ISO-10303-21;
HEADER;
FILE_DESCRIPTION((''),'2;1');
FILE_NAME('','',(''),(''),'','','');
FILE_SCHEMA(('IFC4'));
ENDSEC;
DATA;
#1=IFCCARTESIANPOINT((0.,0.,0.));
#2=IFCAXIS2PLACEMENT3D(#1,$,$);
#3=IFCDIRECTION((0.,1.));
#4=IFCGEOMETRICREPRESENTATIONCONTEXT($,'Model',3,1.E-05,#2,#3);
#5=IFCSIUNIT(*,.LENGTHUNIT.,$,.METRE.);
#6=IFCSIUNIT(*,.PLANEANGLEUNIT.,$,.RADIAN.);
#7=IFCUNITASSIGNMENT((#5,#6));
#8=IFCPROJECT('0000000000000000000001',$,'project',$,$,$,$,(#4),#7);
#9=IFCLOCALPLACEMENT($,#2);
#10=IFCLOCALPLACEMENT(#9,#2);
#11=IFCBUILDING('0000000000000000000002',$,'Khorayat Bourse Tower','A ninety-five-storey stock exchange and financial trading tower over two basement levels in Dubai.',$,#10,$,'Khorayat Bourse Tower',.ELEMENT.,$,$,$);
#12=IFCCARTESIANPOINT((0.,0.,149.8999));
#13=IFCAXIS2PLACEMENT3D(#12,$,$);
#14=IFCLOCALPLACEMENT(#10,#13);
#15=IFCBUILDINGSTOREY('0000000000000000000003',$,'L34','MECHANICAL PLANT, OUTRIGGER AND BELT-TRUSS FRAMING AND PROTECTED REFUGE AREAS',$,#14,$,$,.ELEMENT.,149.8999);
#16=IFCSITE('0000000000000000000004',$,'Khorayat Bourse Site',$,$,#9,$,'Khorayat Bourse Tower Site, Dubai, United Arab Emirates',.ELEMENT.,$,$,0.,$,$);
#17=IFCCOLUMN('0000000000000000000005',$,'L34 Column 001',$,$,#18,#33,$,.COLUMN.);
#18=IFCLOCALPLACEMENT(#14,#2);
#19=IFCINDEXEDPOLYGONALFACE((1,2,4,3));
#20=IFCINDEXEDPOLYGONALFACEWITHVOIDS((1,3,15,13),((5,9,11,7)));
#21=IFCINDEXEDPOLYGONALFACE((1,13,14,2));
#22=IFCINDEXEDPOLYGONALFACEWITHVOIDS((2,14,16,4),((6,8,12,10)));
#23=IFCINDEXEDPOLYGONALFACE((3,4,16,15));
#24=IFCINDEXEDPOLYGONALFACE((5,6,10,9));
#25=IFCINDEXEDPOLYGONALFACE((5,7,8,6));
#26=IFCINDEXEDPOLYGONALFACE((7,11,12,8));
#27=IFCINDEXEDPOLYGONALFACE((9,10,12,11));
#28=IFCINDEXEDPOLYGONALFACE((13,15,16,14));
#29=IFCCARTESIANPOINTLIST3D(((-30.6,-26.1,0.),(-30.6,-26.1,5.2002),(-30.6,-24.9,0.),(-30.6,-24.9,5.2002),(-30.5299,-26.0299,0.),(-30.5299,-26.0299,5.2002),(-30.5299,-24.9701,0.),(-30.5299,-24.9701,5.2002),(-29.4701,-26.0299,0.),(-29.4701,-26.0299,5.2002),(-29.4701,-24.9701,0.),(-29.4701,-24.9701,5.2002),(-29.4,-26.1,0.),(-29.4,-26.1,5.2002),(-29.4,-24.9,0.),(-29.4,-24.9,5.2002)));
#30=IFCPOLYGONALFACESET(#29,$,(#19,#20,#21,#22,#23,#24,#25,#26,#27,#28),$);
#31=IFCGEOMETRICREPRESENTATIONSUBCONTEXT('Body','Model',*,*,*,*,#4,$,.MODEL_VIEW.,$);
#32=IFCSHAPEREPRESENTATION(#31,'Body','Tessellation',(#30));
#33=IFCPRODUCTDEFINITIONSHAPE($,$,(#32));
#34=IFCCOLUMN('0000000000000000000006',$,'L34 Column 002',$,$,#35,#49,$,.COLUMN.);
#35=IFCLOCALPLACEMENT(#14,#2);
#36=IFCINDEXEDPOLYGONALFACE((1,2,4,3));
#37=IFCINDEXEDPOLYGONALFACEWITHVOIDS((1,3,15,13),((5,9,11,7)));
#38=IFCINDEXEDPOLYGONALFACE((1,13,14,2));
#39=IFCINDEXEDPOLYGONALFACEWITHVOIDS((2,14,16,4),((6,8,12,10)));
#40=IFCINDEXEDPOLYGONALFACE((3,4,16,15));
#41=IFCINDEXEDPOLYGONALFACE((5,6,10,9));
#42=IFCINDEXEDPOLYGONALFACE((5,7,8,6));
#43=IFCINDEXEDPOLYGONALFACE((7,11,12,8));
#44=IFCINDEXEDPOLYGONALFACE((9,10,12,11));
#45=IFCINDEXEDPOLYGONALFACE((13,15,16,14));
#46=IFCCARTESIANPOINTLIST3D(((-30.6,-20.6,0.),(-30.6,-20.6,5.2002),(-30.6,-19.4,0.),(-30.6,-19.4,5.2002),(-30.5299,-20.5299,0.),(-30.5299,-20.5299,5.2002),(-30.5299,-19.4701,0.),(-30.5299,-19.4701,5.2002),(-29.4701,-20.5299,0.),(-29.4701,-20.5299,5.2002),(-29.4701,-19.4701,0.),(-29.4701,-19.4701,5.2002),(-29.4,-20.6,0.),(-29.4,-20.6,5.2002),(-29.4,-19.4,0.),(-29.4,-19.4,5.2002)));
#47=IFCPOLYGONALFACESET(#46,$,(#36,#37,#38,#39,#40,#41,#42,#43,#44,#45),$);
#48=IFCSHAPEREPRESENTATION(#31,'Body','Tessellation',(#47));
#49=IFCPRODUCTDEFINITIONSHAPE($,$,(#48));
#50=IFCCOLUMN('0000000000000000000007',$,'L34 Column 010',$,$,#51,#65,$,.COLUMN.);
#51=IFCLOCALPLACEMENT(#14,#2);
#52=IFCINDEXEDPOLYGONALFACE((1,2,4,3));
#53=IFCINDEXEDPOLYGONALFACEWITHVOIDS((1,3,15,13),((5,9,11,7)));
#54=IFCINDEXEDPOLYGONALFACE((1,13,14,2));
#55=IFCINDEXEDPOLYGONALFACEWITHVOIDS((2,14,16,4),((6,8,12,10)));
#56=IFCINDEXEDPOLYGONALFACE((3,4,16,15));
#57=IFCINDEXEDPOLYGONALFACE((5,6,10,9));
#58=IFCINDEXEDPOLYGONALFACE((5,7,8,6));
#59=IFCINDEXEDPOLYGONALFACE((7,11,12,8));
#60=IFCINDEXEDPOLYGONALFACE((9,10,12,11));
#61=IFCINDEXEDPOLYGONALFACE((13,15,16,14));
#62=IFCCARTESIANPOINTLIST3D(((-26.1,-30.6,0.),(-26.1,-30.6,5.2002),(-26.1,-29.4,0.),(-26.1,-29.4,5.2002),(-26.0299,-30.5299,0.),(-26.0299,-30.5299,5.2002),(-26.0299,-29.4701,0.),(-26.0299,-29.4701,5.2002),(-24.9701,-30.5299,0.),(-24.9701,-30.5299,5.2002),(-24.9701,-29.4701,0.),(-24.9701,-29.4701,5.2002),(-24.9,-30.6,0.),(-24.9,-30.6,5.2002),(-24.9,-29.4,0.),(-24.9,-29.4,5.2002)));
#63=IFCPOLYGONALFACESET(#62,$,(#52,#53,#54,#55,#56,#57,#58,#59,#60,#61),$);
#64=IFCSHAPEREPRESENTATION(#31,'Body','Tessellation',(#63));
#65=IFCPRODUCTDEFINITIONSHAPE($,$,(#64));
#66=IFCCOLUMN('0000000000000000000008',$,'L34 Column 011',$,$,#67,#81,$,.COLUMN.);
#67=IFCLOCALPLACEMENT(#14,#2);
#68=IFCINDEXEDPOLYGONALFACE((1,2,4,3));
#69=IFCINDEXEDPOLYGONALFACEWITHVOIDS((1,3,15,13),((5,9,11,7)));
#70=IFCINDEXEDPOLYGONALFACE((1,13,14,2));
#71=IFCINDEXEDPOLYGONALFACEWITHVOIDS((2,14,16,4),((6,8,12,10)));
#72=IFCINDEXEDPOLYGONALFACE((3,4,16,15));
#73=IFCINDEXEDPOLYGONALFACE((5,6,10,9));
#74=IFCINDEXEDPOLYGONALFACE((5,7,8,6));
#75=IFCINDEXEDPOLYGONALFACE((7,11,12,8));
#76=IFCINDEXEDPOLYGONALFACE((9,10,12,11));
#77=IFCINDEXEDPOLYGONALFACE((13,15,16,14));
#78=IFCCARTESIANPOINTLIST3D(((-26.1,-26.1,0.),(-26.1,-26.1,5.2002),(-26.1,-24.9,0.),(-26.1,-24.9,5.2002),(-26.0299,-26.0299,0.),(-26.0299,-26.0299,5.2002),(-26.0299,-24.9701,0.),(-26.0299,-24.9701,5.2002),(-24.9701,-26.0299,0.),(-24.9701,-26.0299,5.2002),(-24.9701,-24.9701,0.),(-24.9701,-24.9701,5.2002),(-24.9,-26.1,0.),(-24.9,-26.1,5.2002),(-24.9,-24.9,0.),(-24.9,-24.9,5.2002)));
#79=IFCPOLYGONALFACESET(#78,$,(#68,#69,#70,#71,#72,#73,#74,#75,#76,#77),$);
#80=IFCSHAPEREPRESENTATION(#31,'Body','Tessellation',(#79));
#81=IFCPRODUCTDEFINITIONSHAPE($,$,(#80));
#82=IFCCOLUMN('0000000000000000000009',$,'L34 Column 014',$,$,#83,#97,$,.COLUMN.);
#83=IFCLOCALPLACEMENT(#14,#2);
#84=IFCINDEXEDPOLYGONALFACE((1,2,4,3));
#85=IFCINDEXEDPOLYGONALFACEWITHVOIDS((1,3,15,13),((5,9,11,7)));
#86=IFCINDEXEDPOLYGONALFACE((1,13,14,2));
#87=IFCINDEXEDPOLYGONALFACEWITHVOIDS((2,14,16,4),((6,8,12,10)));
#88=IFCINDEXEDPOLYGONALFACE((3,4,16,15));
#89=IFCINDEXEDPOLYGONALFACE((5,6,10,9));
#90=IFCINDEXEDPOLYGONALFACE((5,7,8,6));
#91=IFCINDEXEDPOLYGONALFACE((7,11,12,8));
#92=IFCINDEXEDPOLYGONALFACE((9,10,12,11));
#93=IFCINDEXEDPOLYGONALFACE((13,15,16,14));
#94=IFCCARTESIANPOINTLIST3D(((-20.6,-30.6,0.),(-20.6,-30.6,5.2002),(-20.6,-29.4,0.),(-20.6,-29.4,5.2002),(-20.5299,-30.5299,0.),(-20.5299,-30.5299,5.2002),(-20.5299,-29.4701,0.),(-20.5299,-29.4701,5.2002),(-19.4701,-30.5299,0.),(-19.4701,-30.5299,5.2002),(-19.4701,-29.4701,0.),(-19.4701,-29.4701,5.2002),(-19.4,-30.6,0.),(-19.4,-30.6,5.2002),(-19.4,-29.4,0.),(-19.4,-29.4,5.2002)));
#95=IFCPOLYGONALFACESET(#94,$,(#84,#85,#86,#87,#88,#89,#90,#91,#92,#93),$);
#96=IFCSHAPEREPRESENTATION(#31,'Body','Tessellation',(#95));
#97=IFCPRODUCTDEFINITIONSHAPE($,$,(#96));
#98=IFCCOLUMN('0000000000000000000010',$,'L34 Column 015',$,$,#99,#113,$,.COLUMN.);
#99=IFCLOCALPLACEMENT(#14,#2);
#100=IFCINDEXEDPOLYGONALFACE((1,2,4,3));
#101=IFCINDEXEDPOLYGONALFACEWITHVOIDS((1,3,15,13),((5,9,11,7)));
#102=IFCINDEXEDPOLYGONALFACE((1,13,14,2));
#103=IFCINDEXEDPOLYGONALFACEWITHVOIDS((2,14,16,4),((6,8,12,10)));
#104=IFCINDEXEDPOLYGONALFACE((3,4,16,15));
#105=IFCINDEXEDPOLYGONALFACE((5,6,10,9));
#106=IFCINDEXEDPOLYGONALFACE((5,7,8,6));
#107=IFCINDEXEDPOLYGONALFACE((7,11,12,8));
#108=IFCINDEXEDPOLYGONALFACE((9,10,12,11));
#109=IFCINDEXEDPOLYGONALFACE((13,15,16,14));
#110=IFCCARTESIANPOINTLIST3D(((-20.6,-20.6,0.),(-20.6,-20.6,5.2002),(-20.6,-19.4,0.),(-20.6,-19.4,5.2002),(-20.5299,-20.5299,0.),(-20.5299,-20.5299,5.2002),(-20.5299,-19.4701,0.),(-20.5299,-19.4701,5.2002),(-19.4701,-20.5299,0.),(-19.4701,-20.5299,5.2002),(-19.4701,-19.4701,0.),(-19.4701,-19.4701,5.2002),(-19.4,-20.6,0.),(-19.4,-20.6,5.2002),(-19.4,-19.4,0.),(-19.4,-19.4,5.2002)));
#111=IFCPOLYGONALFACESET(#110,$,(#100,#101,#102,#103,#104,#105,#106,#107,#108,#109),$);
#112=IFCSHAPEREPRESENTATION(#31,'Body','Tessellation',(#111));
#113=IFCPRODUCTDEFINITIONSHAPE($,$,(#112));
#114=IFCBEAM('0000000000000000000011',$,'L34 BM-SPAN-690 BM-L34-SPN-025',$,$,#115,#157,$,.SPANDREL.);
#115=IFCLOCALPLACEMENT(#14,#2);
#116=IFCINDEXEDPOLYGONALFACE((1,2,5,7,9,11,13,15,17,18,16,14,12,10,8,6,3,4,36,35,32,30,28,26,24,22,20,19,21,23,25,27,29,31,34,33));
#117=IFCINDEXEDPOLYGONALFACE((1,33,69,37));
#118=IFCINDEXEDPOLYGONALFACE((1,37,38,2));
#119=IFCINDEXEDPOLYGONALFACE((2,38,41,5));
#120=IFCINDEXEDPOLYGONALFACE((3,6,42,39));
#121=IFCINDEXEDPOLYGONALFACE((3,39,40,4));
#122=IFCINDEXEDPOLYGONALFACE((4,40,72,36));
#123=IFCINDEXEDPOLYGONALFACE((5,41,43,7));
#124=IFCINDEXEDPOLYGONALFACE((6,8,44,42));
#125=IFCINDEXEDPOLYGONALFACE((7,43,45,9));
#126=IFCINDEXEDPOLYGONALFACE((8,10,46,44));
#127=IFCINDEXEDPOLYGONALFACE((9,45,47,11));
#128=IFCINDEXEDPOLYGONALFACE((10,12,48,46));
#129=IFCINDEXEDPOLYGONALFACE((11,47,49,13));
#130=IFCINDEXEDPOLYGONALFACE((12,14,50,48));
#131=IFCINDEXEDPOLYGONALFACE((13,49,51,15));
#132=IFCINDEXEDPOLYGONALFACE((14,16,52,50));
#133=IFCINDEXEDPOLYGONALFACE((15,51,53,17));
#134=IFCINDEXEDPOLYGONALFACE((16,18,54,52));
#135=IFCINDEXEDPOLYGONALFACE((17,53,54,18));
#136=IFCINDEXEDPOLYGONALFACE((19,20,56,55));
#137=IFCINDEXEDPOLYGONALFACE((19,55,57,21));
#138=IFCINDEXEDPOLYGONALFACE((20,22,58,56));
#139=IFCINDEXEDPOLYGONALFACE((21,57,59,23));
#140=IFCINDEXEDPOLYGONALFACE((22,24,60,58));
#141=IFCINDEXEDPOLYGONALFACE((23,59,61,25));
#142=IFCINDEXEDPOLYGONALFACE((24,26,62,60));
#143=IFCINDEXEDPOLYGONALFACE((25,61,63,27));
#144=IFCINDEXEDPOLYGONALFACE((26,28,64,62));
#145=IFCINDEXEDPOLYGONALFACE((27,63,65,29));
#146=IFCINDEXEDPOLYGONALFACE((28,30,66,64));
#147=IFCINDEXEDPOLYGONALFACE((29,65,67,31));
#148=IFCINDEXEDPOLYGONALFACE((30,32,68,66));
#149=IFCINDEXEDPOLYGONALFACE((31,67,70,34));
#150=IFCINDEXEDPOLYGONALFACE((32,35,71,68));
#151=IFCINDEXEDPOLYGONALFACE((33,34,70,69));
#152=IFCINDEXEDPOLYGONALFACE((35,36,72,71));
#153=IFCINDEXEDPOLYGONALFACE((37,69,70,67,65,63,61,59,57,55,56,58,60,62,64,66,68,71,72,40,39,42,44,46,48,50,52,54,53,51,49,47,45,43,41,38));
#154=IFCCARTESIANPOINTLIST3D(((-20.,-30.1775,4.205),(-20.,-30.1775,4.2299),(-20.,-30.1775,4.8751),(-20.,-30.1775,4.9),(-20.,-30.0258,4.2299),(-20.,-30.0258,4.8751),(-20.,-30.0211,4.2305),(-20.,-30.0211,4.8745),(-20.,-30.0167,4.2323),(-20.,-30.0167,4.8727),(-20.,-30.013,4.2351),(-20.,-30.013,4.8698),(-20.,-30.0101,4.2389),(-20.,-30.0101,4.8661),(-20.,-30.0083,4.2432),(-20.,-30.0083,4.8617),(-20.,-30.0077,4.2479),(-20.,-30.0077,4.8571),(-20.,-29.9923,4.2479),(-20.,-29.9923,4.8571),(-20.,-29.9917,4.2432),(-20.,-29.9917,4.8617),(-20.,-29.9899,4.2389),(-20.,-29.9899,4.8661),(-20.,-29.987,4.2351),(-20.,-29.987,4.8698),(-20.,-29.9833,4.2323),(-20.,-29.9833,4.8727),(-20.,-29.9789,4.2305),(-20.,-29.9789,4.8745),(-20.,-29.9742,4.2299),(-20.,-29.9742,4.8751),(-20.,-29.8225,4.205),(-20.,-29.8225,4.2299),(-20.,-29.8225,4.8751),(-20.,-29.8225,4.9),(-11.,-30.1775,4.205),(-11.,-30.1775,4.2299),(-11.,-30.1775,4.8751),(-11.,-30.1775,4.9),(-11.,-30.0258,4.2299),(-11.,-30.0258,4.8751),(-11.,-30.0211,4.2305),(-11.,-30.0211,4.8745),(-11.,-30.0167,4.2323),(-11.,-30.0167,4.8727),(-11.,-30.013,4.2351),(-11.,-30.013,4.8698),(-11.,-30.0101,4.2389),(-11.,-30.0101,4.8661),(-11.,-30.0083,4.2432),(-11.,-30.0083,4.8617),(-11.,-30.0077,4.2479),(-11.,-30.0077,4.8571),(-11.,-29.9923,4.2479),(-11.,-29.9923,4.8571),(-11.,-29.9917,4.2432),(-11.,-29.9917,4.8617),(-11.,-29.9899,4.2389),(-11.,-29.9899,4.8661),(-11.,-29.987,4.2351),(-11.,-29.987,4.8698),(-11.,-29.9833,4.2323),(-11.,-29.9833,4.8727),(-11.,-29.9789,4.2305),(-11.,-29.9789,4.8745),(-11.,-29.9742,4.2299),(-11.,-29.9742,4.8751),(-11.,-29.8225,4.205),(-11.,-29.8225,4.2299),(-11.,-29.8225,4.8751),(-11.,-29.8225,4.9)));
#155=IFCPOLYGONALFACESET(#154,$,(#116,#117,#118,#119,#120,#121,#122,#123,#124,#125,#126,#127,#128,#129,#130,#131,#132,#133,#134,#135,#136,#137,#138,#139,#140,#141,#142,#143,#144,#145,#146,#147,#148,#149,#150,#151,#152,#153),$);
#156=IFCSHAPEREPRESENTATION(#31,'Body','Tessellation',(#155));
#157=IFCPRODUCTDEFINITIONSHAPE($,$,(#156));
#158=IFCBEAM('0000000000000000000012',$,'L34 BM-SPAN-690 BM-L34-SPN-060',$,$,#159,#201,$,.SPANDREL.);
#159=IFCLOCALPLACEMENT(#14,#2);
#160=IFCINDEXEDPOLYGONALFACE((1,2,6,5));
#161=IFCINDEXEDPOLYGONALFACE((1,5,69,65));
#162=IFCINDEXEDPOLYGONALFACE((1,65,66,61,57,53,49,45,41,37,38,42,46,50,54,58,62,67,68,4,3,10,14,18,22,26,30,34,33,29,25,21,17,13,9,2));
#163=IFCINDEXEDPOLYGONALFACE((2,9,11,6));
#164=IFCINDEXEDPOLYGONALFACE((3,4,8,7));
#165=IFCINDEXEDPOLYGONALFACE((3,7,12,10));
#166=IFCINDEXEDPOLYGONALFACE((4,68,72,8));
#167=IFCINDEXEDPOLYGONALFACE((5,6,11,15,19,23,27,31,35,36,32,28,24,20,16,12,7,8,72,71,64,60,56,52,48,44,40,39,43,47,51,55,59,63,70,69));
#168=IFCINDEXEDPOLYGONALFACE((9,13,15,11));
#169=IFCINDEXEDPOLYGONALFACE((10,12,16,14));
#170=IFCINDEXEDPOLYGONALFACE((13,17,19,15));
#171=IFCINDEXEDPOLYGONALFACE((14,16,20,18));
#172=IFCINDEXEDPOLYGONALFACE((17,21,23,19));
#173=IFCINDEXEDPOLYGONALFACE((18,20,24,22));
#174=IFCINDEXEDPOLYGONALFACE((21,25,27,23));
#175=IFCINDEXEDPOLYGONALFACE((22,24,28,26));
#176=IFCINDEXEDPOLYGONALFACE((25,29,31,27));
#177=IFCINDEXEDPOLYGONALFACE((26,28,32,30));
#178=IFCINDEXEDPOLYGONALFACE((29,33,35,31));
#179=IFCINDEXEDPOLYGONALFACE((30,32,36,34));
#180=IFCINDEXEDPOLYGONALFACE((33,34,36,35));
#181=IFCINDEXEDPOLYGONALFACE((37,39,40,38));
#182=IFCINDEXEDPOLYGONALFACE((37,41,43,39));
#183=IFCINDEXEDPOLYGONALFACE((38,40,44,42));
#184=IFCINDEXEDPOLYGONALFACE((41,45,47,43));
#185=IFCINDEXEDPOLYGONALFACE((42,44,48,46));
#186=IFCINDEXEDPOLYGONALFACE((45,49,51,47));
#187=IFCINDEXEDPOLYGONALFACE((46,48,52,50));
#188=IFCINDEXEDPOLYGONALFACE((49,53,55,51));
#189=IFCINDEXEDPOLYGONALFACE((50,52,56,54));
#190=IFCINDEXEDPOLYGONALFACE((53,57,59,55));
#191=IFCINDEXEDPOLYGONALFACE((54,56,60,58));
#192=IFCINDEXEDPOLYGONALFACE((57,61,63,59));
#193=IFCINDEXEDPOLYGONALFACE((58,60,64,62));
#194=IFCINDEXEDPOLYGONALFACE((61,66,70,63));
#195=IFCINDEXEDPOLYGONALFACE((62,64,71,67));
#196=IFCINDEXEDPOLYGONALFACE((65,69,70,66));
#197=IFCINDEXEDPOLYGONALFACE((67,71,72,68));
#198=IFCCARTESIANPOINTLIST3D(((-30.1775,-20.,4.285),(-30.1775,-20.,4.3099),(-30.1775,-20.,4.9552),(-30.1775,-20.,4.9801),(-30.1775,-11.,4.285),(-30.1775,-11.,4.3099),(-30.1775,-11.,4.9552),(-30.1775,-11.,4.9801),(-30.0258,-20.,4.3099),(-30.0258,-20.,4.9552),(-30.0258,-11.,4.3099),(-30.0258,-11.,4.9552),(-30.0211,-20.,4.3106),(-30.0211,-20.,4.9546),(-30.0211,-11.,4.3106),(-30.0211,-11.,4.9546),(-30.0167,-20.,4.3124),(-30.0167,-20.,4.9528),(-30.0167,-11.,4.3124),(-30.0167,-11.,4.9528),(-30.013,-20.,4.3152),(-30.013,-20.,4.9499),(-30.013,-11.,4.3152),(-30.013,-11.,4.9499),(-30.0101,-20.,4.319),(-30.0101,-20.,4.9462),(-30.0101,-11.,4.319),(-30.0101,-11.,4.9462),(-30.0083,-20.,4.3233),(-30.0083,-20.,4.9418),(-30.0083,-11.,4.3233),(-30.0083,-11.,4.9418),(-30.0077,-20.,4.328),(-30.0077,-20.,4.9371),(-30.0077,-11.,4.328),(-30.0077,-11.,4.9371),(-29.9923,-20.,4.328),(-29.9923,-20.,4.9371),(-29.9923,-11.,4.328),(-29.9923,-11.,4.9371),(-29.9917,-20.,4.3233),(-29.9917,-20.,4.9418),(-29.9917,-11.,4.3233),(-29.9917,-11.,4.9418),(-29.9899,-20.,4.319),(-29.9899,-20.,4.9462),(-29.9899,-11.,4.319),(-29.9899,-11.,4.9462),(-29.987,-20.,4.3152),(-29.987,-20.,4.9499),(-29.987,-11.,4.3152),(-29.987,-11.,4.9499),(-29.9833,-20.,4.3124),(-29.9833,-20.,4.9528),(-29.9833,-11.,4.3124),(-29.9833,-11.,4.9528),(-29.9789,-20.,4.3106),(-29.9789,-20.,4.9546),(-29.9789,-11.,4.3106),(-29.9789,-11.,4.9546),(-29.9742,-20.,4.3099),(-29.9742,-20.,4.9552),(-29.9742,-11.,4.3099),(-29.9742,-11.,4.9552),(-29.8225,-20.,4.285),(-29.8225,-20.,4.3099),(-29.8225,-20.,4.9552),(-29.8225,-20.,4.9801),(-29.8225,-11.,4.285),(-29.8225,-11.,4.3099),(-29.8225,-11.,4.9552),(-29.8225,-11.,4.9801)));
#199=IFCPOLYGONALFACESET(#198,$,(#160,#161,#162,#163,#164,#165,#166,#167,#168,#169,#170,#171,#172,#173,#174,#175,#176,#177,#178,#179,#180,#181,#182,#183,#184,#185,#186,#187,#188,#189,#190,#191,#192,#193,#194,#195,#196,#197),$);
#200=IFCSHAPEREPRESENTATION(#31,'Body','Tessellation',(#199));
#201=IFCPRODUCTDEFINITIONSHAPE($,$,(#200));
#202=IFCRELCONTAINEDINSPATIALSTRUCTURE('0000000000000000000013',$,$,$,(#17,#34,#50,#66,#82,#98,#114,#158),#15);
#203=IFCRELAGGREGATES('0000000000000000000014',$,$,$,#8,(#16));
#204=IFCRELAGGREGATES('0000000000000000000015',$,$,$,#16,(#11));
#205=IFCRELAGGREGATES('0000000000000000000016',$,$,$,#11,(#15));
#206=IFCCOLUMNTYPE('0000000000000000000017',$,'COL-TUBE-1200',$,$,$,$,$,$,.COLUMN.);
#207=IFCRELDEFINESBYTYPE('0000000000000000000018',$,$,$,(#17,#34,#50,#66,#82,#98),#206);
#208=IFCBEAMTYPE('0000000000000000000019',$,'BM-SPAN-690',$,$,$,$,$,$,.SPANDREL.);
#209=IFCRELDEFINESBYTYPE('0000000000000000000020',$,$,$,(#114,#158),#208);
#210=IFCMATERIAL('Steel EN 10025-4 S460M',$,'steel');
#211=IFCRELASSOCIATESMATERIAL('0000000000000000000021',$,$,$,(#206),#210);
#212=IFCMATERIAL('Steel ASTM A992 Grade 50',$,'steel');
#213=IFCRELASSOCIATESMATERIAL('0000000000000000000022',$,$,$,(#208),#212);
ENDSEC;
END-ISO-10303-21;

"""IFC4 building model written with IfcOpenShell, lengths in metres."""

from ifc_helpers import new_model, si_unit, direction, frame, origin, origin_2d, place, context, subcontext, project, spatial, hollow_rectangle, i_section, extrude, source, transform, mapped, material, material_profile, profile_set, type_object, element, save


model = new_model("IFC4")

# Units and contexts
model_context = context("Model", 3, precision=1e-05, world=origin(), true_north=direction((0.0, 1.0)))
body_context = subcontext(model_context, "Body", "Model", "MODEL_VIEW")
ifc_project = project(units=[si_unit("LENGTHUNIT", "METRE"), si_unit("PLANEANGLEUNIT", "RADIAN")], contexts=[model_context])

# Site, building, storey
site_placement = place(None, origin())
site = spatial("IfcSite", under=ifc_project, at=site_placement, Name="Khorayat Bourse Site", LongName="Khorayat Bourse Tower Site, Dubai, United Arab Emirates", CompositionType="ELEMENT", RefElevation=0.0)
building_placement = place(site_placement, origin())
building = spatial("IfcBuilding", under=site, at=building_placement, Name="Khorayat Bourse Tower", Description="A ninety-five-storey stock exchange and financial trading tower over two basement levels in Dubai.", LongName="Khorayat Bourse Tower", CompositionType="ELEMENT")
storey_placement = place(building_placement, frame((0.0, 0.0, 149.8999)))
storey = spatial("IfcBuildingStorey", under=building, at=storey_placement, Name="L34", Description="MECHANICAL PLANT, OUTRIGGER AND BELT-TRUSS FRAMING AND PROTECTED REFUGE AREAS", CompositionType="ELEMENT", Elevation=149.8999)

# Columns
ifc_material_1 = material(Name="Steel EN 10025-4 S460M", Category="steel")
ifc_material_profile_1 = material_profile(ifc_material_1, hollow_rectangle(XDim=1.2, YDim=1.2, WallThickness=0.0701, at=origin_2d()), Name="BOX 1200x1200x70")
ifc_profile_set_1 = profile_set([ifc_material_profile_1], Name="Steel EN 10025-4 S460M")
column_type = type_object("IfcColumnType", Name="COL-TUBE-1200", PredefinedType="COLUMN", material=ifc_profile_set_1)
shared_shape_1 = source(origin(), body_context, "Body", "SweptSolid", [
    extrude(hollow_rectangle(XDim=1.2, YDim=1.2, WallThickness=0.0701, at=origin_2d()), origin(), (0.0, 0.0, 1.0), 5.2002),
])
for number, where, z_axis, x_axis, name in (
    (1, (-30.0, -25.5, 0.0), (0.0, 0.0, 1.0), (1.0, 0.0, 0.0), "L34 Column 001"),
    (2, (-30.0, -20.0, 0.0), (0.0, 0.0, 1.0), (1.0, 0.0, 0.0), "L34 Column 002"),
    (3, (-25.5, -30.0, 0.0), (0.0, 0.0, 1.0), (1.0, 0.0, 0.0), "L34 Column 010"),
    (4, (-25.5, -25.5, 0.0), (0.0, 0.0, 1.0), (1.0, 0.0, 0.0), "L34 Column 011"),
    (5, (-20.0, -30.0, 0.0), (0.0, 0.0, 1.0), (1.0, 0.0, 0.0), "L34 Column 014"),
    (6, (-20.0, -20.0, 0.0), (0.0, 0.0, 1.0), (1.0, 0.0, 0.0), "L34 Column 015"),
):
    element("IfcColumn", number, at=place(storey_placement, frame(where, z_axis=z_axis, x_axis=x_axis)), inside=storey, type_object=column_type, Name=name, PredefinedType="COLUMN", context=body_context, shape_type="MappedRepresentation", body=[
        mapped(shared_shape_1, transform((0.0, 0.0, 0.0), scale=1.0)),
    ])

# Beams
ifc_material_2 = material(Name="Steel ASTM A992 Grade 50", Category="steel")
ifc_material_profile_2 = material_profile(ifc_material_2, i_section(OverallWidth=0.355, OverallDepth=0.6951, WebThickness=0.0154, FlangeThickness=0.0249, FilletRadius=0.0181, at=origin_2d()), Name="W690X217")
ifc_profile_set_2 = profile_set([ifc_material_profile_2], Name="Steel ASTM A992 Grade 50")
beam_type_1 = type_object("IfcBeamType", Name="BM-SPAN-690", PredefinedType="SPANDREL", material=ifc_profile_set_2)
shared_shape_2 = source(origin(), body_context, "Body", "SweptSolid", [
    extrude(i_section(OverallWidth=0.355, OverallDepth=0.6951, WebThickness=0.0154, FlangeThickness=0.0249, FilletRadius=0.0181, at=origin_2d()), origin(), (0.0, 0.0, 1.0), 9.0),
])
for number, where, z_axis, x_axis, name in (
    (7, (-20.0, -30.0, 4.5525), (1.0, 0.0, 0.0), (0.0, 1.0, 0.0), "L34 BM-SPAN-690 BM-L34-SPN-025"),
    (8, (-30.0, -20.0, 4.6326), (0.0, 1.0, 0.0), (-1.0, 0.0, 0.0), "L34 BM-SPAN-690 BM-L34-SPN-060"),
):
    element("IfcBeam", number, at=place(storey_placement, frame(where, z_axis=z_axis, x_axis=x_axis)), inside=storey, type_object=beam_type_1, Name=name, PredefinedType="SPANDREL", context=body_context, shape_type="MappedRepresentation", body=[
        mapped(shared_shape_2, transform((0.0, 0.0, 0.0), scale=1.0)),
    ])

save(model, "model.ifc")
